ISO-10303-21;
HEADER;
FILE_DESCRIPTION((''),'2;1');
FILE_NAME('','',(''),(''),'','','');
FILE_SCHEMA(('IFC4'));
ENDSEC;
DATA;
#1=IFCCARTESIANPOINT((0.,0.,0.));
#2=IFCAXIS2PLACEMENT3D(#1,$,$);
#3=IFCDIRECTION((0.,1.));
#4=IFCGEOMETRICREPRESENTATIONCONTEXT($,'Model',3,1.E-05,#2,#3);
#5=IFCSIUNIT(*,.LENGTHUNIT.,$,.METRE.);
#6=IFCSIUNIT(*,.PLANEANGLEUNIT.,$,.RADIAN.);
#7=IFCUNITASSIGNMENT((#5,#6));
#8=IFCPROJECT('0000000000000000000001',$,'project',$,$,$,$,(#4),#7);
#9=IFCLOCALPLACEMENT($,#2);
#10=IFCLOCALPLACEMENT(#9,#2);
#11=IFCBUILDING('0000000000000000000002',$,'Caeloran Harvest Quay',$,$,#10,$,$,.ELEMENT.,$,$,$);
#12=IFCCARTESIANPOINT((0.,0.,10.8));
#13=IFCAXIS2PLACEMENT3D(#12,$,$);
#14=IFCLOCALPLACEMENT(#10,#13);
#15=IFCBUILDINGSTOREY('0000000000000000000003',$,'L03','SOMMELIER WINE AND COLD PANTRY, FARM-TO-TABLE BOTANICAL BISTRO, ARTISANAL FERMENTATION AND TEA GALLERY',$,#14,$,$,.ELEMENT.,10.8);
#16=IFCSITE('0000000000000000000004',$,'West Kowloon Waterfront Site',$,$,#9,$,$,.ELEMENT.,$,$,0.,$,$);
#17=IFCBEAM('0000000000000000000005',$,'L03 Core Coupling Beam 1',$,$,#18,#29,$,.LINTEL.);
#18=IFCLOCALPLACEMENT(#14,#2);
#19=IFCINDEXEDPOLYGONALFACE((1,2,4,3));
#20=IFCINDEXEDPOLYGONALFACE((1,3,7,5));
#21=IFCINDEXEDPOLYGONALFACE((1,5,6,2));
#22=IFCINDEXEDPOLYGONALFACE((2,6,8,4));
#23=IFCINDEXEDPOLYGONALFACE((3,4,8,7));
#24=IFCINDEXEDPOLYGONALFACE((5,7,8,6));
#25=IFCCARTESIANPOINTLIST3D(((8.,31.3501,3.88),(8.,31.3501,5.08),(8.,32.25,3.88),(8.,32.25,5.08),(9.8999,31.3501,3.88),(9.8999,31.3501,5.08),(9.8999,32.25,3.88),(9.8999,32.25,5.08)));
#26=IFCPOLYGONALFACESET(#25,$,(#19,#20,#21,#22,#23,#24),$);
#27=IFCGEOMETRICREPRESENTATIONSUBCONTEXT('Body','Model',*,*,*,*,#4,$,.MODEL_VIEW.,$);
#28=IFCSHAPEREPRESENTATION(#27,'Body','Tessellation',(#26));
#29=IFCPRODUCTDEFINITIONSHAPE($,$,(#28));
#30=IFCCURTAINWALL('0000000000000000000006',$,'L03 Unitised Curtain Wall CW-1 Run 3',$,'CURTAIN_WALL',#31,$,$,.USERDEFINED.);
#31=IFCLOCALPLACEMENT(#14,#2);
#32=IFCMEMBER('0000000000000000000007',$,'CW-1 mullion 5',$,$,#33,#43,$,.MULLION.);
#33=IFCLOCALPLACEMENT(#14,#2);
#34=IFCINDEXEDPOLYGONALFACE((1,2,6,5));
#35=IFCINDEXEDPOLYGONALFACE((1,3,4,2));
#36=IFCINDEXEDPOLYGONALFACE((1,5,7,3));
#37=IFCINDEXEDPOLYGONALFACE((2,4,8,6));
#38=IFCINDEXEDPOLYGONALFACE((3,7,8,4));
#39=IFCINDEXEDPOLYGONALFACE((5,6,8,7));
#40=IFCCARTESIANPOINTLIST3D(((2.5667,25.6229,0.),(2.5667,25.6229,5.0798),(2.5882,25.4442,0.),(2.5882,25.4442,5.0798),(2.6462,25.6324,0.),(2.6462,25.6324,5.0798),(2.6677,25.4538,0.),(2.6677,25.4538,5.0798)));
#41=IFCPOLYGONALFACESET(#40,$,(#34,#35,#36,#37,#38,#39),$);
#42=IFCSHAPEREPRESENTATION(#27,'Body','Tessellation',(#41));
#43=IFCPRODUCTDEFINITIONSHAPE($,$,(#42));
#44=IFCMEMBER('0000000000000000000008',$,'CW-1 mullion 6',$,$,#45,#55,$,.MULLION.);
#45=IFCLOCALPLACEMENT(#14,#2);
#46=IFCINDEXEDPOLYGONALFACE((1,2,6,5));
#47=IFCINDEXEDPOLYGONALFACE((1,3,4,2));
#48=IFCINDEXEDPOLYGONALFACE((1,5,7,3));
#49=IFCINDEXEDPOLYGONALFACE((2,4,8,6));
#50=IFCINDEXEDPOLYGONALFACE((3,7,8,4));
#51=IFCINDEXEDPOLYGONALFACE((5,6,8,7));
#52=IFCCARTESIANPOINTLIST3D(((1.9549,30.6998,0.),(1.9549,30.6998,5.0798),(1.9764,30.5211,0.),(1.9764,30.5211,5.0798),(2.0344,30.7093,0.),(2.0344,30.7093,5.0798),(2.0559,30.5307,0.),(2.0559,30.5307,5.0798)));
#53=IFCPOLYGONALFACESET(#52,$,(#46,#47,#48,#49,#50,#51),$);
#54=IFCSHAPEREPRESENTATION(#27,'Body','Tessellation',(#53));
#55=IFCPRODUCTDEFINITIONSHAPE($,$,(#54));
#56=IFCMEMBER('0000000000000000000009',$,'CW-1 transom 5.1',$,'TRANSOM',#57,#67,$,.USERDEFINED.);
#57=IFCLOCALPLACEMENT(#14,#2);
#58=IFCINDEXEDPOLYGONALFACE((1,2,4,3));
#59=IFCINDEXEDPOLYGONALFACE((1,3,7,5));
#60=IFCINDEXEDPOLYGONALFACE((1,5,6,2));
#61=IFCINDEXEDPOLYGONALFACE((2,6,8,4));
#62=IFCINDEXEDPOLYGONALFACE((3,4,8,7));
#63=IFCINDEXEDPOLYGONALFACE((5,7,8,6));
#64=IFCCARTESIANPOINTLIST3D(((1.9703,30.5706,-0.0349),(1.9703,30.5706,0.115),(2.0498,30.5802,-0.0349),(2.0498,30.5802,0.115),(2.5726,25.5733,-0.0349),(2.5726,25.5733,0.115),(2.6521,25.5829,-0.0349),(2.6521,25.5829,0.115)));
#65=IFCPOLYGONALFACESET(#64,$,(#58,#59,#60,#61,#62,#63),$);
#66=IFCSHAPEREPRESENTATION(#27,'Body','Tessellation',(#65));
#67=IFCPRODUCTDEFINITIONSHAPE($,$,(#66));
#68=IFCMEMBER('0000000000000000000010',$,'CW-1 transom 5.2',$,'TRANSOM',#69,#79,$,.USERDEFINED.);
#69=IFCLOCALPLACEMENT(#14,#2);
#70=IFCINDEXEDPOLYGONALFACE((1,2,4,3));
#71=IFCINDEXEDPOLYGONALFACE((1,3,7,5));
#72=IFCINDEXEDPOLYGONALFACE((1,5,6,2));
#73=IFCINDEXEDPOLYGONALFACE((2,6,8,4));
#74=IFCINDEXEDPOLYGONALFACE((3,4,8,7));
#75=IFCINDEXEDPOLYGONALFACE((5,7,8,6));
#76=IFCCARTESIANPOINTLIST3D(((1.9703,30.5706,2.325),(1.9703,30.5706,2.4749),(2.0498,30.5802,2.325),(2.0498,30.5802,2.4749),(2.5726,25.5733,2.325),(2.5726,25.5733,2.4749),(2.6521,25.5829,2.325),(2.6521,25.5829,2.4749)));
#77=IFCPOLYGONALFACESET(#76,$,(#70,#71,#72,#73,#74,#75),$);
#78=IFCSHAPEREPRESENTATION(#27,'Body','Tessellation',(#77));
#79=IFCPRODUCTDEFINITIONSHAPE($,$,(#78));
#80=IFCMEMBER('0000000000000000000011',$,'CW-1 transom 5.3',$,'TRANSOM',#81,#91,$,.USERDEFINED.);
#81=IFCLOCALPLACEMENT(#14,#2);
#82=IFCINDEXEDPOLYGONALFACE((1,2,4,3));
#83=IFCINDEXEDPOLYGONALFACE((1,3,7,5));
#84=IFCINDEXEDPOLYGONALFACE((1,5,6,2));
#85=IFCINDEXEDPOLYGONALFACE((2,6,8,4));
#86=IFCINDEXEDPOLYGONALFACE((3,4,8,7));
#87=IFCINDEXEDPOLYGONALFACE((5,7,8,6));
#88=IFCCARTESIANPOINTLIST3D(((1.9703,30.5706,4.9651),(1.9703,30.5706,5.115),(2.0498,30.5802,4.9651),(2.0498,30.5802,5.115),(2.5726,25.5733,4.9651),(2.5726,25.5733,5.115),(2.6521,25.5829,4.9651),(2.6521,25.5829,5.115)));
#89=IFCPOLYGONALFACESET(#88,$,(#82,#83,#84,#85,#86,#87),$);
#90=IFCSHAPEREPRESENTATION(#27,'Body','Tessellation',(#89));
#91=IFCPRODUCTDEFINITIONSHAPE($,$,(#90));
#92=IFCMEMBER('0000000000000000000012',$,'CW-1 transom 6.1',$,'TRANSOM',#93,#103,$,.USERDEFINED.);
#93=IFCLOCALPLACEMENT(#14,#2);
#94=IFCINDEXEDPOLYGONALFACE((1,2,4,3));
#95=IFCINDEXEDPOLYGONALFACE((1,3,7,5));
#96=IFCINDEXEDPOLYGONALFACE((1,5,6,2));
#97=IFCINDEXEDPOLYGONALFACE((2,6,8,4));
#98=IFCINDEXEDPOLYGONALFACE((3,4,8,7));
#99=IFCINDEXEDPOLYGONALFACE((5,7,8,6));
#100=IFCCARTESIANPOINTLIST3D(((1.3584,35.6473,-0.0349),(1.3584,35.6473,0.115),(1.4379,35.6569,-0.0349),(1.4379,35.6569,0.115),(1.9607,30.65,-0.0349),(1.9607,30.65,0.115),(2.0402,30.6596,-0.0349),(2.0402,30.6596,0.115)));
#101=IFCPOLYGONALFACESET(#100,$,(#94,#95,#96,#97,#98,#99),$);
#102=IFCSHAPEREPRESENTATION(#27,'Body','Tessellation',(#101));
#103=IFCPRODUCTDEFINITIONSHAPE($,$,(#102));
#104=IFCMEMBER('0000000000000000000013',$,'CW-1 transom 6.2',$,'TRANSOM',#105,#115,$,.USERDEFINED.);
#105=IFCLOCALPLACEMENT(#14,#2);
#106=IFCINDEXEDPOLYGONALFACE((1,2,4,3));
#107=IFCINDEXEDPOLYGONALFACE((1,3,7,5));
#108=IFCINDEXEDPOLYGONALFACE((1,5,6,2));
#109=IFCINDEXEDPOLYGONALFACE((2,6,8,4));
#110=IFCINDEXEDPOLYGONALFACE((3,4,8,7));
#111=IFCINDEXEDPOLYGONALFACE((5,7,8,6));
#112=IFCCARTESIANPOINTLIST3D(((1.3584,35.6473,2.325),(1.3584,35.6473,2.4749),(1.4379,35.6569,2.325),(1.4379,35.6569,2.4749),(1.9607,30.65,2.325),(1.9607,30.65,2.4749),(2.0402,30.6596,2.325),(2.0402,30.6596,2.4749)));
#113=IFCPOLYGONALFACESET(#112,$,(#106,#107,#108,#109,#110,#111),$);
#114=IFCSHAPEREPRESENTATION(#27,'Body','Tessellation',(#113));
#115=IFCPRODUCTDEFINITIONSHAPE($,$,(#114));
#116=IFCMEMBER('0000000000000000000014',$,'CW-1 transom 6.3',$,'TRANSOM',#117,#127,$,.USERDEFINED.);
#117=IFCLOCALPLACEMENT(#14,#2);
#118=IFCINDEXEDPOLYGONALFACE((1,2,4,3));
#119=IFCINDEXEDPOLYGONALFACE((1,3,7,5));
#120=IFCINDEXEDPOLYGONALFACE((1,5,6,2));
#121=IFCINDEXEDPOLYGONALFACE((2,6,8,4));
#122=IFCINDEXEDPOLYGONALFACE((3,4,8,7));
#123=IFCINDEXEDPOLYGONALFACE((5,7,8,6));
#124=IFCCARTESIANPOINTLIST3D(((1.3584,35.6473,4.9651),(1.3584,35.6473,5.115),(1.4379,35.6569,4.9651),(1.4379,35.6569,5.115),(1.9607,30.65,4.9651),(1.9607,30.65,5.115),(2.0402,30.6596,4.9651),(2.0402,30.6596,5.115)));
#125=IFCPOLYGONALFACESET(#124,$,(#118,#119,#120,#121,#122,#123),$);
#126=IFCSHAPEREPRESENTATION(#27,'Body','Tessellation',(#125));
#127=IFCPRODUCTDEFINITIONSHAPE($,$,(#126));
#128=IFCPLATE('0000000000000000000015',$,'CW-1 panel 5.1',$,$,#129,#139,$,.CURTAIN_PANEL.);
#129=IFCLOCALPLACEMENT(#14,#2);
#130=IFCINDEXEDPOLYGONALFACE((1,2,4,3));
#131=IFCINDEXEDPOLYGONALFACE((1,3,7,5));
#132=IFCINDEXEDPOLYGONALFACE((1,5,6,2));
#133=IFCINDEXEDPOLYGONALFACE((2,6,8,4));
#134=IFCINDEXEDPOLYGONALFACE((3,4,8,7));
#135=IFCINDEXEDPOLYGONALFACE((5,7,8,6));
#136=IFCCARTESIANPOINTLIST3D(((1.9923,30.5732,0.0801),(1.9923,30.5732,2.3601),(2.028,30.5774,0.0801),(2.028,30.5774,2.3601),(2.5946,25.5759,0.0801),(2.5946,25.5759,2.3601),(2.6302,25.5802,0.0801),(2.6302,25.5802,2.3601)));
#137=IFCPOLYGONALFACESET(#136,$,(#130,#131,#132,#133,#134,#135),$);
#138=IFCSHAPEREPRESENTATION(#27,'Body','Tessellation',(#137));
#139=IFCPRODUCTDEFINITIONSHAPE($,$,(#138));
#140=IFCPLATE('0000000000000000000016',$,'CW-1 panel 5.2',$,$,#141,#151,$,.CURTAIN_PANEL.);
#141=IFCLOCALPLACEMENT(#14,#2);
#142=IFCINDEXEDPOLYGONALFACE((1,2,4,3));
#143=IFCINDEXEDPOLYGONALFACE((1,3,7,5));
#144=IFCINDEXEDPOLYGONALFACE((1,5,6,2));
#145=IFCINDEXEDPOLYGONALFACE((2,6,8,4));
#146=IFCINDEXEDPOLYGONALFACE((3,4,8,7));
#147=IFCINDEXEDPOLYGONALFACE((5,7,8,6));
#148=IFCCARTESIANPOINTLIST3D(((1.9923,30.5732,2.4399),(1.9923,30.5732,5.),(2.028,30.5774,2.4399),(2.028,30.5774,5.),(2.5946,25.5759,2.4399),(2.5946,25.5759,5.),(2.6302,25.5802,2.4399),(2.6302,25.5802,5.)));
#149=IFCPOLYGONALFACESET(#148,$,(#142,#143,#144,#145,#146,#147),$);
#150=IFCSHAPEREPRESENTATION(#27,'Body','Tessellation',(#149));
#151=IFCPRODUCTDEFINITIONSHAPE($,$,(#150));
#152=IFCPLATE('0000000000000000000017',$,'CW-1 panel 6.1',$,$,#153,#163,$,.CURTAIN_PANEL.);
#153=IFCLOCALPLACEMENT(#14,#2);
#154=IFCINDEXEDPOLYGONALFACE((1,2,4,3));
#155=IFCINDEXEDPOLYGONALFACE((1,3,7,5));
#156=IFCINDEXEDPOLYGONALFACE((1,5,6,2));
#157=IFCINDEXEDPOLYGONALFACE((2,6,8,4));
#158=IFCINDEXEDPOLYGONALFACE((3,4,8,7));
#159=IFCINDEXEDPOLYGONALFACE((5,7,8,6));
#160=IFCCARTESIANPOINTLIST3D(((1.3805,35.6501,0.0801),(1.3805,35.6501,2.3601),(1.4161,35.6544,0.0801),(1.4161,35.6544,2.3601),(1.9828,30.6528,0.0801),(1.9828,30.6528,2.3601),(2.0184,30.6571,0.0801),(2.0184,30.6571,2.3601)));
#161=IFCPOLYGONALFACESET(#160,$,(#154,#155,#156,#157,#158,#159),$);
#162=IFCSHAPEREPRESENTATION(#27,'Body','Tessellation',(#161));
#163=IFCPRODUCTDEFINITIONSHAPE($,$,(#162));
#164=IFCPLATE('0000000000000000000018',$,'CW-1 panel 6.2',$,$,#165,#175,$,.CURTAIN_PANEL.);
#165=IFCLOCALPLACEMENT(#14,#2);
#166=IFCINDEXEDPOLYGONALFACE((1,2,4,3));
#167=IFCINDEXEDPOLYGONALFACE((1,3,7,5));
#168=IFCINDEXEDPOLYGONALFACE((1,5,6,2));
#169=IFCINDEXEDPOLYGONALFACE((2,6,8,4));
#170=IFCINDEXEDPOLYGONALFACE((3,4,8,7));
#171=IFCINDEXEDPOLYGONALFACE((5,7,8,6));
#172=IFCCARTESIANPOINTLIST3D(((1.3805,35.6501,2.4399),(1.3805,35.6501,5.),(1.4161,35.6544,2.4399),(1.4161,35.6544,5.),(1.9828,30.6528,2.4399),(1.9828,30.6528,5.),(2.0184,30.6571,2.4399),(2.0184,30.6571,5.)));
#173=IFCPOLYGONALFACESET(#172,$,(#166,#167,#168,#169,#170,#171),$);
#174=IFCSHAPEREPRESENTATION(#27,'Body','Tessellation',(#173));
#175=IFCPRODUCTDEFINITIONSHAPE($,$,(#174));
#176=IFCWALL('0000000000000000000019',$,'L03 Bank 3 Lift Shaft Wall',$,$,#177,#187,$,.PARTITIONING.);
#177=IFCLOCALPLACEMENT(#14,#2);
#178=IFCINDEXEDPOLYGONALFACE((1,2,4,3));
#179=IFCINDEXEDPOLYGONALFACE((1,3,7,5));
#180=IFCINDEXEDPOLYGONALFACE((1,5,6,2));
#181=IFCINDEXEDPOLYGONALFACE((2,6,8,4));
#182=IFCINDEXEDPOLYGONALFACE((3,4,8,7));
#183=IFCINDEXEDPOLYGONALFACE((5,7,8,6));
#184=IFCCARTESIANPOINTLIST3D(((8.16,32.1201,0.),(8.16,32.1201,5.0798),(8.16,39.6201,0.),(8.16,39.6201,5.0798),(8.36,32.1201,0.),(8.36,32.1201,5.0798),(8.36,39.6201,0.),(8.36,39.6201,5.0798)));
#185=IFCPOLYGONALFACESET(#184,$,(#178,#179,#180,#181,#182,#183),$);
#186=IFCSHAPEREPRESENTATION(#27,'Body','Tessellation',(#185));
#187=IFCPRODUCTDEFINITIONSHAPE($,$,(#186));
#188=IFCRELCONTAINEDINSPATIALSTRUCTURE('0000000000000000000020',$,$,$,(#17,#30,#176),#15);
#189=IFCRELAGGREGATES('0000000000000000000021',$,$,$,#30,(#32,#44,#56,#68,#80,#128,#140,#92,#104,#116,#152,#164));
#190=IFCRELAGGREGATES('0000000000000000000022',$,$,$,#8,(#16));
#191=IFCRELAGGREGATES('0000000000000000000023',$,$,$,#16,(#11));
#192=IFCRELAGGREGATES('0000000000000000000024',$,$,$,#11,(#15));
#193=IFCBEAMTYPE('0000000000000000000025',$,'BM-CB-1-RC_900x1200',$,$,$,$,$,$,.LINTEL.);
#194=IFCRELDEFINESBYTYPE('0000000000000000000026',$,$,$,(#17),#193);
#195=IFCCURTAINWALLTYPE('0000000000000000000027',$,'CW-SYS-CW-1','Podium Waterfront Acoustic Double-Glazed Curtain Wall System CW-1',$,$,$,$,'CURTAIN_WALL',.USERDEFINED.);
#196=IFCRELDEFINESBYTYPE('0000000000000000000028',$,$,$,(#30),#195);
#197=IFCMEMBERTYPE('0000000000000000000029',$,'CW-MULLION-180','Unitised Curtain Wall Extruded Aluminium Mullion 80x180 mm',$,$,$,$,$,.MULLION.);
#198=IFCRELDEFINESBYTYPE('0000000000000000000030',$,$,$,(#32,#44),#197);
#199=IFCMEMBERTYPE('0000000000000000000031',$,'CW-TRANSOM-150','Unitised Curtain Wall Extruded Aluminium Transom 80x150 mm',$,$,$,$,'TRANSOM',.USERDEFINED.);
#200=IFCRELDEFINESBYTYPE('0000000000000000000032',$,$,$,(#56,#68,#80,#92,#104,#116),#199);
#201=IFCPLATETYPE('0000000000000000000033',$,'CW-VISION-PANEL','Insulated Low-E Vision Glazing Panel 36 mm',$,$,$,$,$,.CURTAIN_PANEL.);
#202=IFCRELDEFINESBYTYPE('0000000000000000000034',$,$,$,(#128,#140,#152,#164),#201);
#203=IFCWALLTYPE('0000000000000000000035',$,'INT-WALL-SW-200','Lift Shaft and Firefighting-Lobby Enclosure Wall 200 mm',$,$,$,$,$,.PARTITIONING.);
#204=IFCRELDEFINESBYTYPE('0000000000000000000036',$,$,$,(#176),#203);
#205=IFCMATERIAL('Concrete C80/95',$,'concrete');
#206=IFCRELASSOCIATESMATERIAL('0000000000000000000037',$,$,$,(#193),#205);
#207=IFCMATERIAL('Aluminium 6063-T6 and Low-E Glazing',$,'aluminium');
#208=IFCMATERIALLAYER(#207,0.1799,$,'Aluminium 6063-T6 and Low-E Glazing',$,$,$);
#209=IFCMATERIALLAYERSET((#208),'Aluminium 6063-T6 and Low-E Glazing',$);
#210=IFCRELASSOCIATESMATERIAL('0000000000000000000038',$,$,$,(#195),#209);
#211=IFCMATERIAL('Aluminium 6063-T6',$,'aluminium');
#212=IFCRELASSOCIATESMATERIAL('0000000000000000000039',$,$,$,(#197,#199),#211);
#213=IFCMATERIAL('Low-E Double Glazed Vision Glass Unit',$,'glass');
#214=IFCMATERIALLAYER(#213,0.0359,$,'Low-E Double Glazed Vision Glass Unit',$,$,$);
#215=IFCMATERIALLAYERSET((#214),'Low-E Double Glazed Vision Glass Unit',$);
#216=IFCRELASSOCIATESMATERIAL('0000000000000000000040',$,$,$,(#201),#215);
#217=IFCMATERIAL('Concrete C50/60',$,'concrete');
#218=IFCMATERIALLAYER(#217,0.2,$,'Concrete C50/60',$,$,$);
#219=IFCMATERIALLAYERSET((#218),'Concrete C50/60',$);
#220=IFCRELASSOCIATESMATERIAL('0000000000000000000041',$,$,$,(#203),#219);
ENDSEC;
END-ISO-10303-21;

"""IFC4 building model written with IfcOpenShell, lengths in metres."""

from ifc_helpers import new_model, si_unit, direction, frame, frame_2d, origin, origin_2d, place, context, subcontext, project, spatial, rectangle, extrude, material, layer, layer_set, material_profile, profile_set, type_object, element, aggregate, save


model = new_model("IFC4")

# Units and contexts
model_context = context("Model", 3, precision=1e-05, world=origin(), true_north=direction((0.0, 1.0)))
body_context = subcontext(model_context, "Body", "Model", "MODEL_VIEW")
ifc_project = project(units=[si_unit("LENGTHUNIT", "METRE"), si_unit("PLANEANGLEUNIT", "RADIAN")], contexts=[model_context])

# Site, building, storey
site_placement = place(None, origin())
site = spatial("IfcSite", under=ifc_project, at=site_placement, Name="West Kowloon Waterfront Site", CompositionType="ELEMENT", RefElevation=0.0)
building_placement = place(site_placement, origin())
building = spatial("IfcBuilding", under=site, at=building_placement, Name="Caeloran Harvest Quay", CompositionType="ELEMENT")
storey_placement = place(building_placement, frame((0.0, 0.0, 10.8)))
storey = spatial("IfcBuildingStorey", under=building, at=storey_placement, Name="L03", Description="SOMMELIER WINE AND COLD PANTRY, FARM-TO-TABLE BOTANICAL BISTRO, ARTISANAL FERMENTATION AND TEA GALLERY", CompositionType="ELEMENT", Elevation=10.8)

# Beam
ifc_material_1 = material(Name="Concrete C80/95", Category="concrete")
ifc_material_profile_1 = material_profile(ifc_material_1, rectangle(XDim=0.8999, YDim=1.2, at=origin_2d()), Name="RC 900x1200")
ifc_profile_set_1 = profile_set([ifc_material_profile_1], Name="Concrete C80/95")
beam_type = type_object("IfcBeamType", Name="BM-CB-1-RC_900x1200", PredefinedType="LINTEL", material=ifc_profile_set_1)
beam_placement = place(storey_placement, frame((8.0, 31.8, 4.48), z_axis=(1.0, 0.0, 0.0), x_axis=(0.0, 1.0, 0.0)))
element("IfcBeam", 1, at=beam_placement, inside=storey, type_object=beam_type, Name="L03 Core Coupling Beam 1", PredefinedType="LINTEL", context=body_context, shape_type="SweptSolid", body=[
    extrude(rectangle(XDim=0.8999, YDim=1.2, at=origin_2d()), origin(), (0.0, 0.0, 1.0), 1.8999),
])

# Curtain wall, members, plates
ifc_material_2 = material(Name="Aluminium 6063-T6 and Low-E Glazing", Category="aluminium")
ifc_layer_1 = layer(ifc_material_2, 0.1799, Name="Aluminium 6063-T6 and Low-E Glazing")
ifc_layer_set_1 = layer_set([ifc_layer_1], Name="Aluminium 6063-T6 and Low-E Glazing")
curtain_wall_type = type_object("IfcCurtainWallType", Name="CW-SYS-CW-1", Description="Podium Waterfront Acoustic Double-Glazed Curtain Wall System CW-1", ElementType="CURTAIN_WALL", PredefinedType="USERDEFINED", material=ifc_layer_set_1)
curtain_wall_placement = place(storey_placement, origin())
curtain_wall = element("IfcCurtainWall", 2, at=curtain_wall_placement, inside=storey, type_object=curtain_wall_type, Name="L03 Unitised Curtain Wall CW-1 Run 3", ObjectType="CURTAIN_WALL", PredefinedType="USERDEFINED")
ifc_material_3 = material(Name="Aluminium 6063-T6", Category="aluminium")
ifc_material_profile_2 = material_profile(ifc_material_3, rectangle(XDim=0.0801, YDim=0.1799, at=origin_2d()), Name="CW-MULLION-180")
ifc_profile_set_2 = profile_set([ifc_material_profile_2], Name="Aluminium 6063-T6")
member_type_1 = type_object("IfcMemberType", Name="CW-MULLION-180", Description="Unitised Curtain Wall Extruded Aluminium Mullion 80x180 mm", PredefinedType="MULLION", material=ifc_profile_set_2)
member_1_placement = place(storey_placement, frame((2.6172, 25.5383, 0.0), z_axis=(0.0, 0.0, 1.0), x_axis=(-0.992816, -0.119655, 0.0)))
member_1 = element("IfcMember", 3, at=member_1_placement, type_object=member_type_1, Name="CW-1 mullion 5", PredefinedType="MULLION", context=body_context, shape_type="SweptSolid", body=[
    extrude(rectangle(XDim=0.0801, YDim=0.1799, at=origin_2d()), origin(), (0.0, 0.0, 1.0), 5.0798),
])
member_2_placement = place(storey_placement, frame((2.0054, 30.6152, 0.0), z_axis=(0.0, 0.0, 1.0), x_axis=(-0.992816, -0.119655, 0.0)))
member_2 = element("IfcMember", 4, at=member_2_placement, type_object=member_type_1, Name="CW-1 mullion 6", PredefinedType="MULLION", context=body_context, shape_type="SweptSolid", body=[
    extrude(rectangle(XDim=0.0801, YDim=0.1799, at=origin_2d()), origin(), (0.0, 0.0, 1.0), 5.0798),
])
ifc_material_profile_3 = material_profile(ifc_material_3, rectangle(XDim=0.0801, YDim=0.1499, at=origin_2d()), Name="CW-TRANSOM-150")
ifc_profile_set_3 = profile_set([ifc_material_profile_3], Name="Aluminium 6063-T6")
member_type_2 = type_object("IfcMemberType", Name="CW-TRANSOM-150", Description="Unitised Curtain Wall Extruded Aluminium Transom 80x150 mm", ElementType="TRANSOM", PredefinedType="USERDEFINED", material=ifc_profile_set_3)
member_3_placement = place(storey_placement, frame((2.6123, 25.5781, 0.04), z_axis=(-0.119658, 0.992815, 0.0), x_axis=(-0.992815, -0.119658, 0.0)))
member_3 = element("IfcMember", 5, at=member_3_placement, type_object=member_type_2, Name="CW-1 transom 5.1", ObjectType="TRANSOM", PredefinedType="USERDEFINED", context=body_context, shape_type="SweptSolid", body=[
    extrude(rectangle(XDim=0.0801, YDim=0.1499, at=origin_2d()), origin(), (0.0, 0.0, 1.0), 5.0334),
])
member_4_placement = place(storey_placement, frame((2.6123, 25.5781, 2.3999), z_axis=(-0.119658, 0.992815, 0.0), x_axis=(-0.992815, -0.119658, 0.0)))
member_4 = element("IfcMember", 6, at=member_4_placement, type_object=member_type_2, Name="CW-1 transom 5.2", ObjectType="TRANSOM", PredefinedType="USERDEFINED", context=body_context, shape_type="SweptSolid", body=[
    extrude(rectangle(XDim=0.0801, YDim=0.1499, at=origin_2d()), origin(), (0.0, 0.0, 1.0), 5.0334),
])
member_5_placement = place(storey_placement, frame((2.6123, 25.5781, 5.04), z_axis=(-0.119658, 0.992815, 0.0), x_axis=(-0.992815, -0.119658, 0.0)))
member_5 = element("IfcMember", 7, at=member_5_placement, type_object=member_type_2, Name="CW-1 transom 5.3", ObjectType="TRANSOM", PredefinedType="USERDEFINED", context=body_context, shape_type="SweptSolid", body=[
    extrude(rectangle(XDim=0.0801, YDim=0.1499, at=origin_2d()), origin(), (0.0, 0.0, 1.0), 5.0334),
])
member_6_placement = place(storey_placement, frame((2.0005, 30.6548, 0.04), z_axis=(-0.119658, 0.992815, 0.0), x_axis=(-0.992815, -0.119658, 0.0)))
member_6 = element("IfcMember", 8, at=member_6_placement, type_object=member_type_2, Name="CW-1 transom 6.1", ObjectType="TRANSOM", PredefinedType="USERDEFINED", context=body_context, shape_type="SweptSolid", body=[
    extrude(rectangle(XDim=0.0801, YDim=0.1499, at=origin_2d()), origin(), (0.0, 0.0, 1.0), 5.0334),
])
member_7_placement = place(storey_placement, frame((2.0005, 30.6548, 2.3999), z_axis=(-0.119658, 0.992815, 0.0), x_axis=(-0.992815, -0.119658, 0.0)))
member_7 = element("IfcMember", 9, at=member_7_placement, type_object=member_type_2, Name="CW-1 transom 6.2", ObjectType="TRANSOM", PredefinedType="USERDEFINED", context=body_context, shape_type="SweptSolid", body=[
    extrude(rectangle(XDim=0.0801, YDim=0.1499, at=origin_2d()), origin(), (0.0, 0.0, 1.0), 5.0334),
])
member_8_placement = place(storey_placement, frame((2.0005, 30.6548, 5.04), z_axis=(-0.119658, 0.992815, 0.0), x_axis=(-0.992815, -0.119658, 0.0)))
member_8 = element("IfcMember", 10, at=member_8_placement, type_object=member_type_2, Name="CW-1 transom 6.3", ObjectType="TRANSOM", PredefinedType="USERDEFINED", context=body_context, shape_type="SweptSolid", body=[
    extrude(rectangle(XDim=0.0801, YDim=0.1499, at=origin_2d()), origin(), (0.0, 0.0, 1.0), 5.0334),
])
ifc_material_4 = material(Name="Low-E Double Glazed Vision Glass Unit", Category="glass")
ifc_layer_2 = layer(ifc_material_4, 0.0359, Name="Low-E Double Glazed Vision Glass Unit")
ifc_layer_set_2 = layer_set([ifc_layer_2], Name="Low-E Double Glazed Vision Glass Unit")
plate_type = type_object("IfcPlateType", Name="CW-VISION-PANEL", Description="Insulated Low-E Vision Glazing Panel 36 mm", PredefinedType="CURTAIN_PANEL", material=ifc_layer_set_2)
plate_1_placement = place(storey_placement, frame((2.3113, 28.0767, 0.0801), z_axis=(0.0, 0.0, 1.0), x_axis=(-0.119655, 0.992816, 0.0)))
plate_1 = element("IfcPlate", 11, at=plate_1_placement, type_object=plate_type, Name="CW-1 panel 5.1", PredefinedType="CURTAIN_PANEL", context=body_context, shape_type="SweptSolid", body=[
    extrude(rectangle(XDim=5.0334, YDim=0.0359, at=origin_2d()), origin(), (0.0, 0.0, 1.0), 2.28),
])
plate_2_placement = place(storey_placement, frame((2.3113, 28.0767, 2.4399), z_axis=(0.0, 0.0, 1.0), x_axis=(-0.119655, 0.992816, 0.0)))
plate_2 = element("IfcPlate", 12, at=plate_2_placement, type_object=plate_type, Name="CW-1 panel 5.2", PredefinedType="CURTAIN_PANEL", context=body_context, shape_type="SweptSolid", body=[
    extrude(rectangle(XDim=5.0334, YDim=0.0359, at=origin_2d()), origin(), (0.0, 0.0, 1.0), 2.5601),
])
plate_3_placement = place(storey_placement, frame((1.6995, 33.1536, 0.0801), z_axis=(0.0, 0.0, 1.0), x_axis=(-0.119655, 0.992816, 0.0)))
plate_3 = element("IfcPlate", 13, at=plate_3_placement, type_object=plate_type, Name="CW-1 panel 6.1", PredefinedType="CURTAIN_PANEL", context=body_context, shape_type="SweptSolid", body=[
    extrude(rectangle(XDim=5.0334, YDim=0.0359, at=origin_2d()), origin(), (0.0, 0.0, 1.0), 2.28),
])
plate_4_placement = place(storey_placement, frame((1.6995, 33.1536, 2.4399), z_axis=(0.0, 0.0, 1.0), x_axis=(-0.119655, 0.992816, 0.0)))
plate_4 = element("IfcPlate", 14, at=plate_4_placement, type_object=plate_type, Name="CW-1 panel 6.2", PredefinedType="CURTAIN_PANEL", context=body_context, shape_type="SweptSolid", body=[
    extrude(rectangle(XDim=5.0334, YDim=0.0359, at=origin_2d()), origin(), (0.0, 0.0, 1.0), 2.5601),
])
aggregate(curtain_wall, [member_1, member_2, member_3, member_4, member_5, plate_1, plate_2, member_6, member_7, member_8, plate_3, plate_4])

# Wall
ifc_material_5 = material(Name="Concrete C50/60", Category="concrete")
ifc_layer_3 = layer(ifc_material_5, 0.2, Name="Concrete C50/60")
ifc_layer_set_3 = layer_set([ifc_layer_3], Name="Concrete C50/60")
wall_type_1 = type_object("IfcWallType", Name="INT-WALL-SW-200", Description="Lift Shaft and Firefighting-Lobby Enclosure Wall 200 mm", PredefinedType="PARTITIONING", material=ifc_layer_set_3)
wall_1_placement = place(storey_placement, frame((8.26, 32.1201, 0.0), z_axis=(0.0, 0.0, 1.0), x_axis=(0.0, 1.0, 0.0)))
element("IfcWall", 15, at=wall_1_placement, inside=storey, type_object=wall_type_1, Name="L03 Bank 3 Lift Shaft Wall", PredefinedType="PARTITIONING", context=body_context, shape_type="SweptSolid", body=[
    extrude(rectangle(XDim=7.5, YDim=0.2, at=frame_2d((3.75, 0.0))), origin(), (0.0, 0.0, 1.0), 5.0798),
])

save(model, "model.ifc")
